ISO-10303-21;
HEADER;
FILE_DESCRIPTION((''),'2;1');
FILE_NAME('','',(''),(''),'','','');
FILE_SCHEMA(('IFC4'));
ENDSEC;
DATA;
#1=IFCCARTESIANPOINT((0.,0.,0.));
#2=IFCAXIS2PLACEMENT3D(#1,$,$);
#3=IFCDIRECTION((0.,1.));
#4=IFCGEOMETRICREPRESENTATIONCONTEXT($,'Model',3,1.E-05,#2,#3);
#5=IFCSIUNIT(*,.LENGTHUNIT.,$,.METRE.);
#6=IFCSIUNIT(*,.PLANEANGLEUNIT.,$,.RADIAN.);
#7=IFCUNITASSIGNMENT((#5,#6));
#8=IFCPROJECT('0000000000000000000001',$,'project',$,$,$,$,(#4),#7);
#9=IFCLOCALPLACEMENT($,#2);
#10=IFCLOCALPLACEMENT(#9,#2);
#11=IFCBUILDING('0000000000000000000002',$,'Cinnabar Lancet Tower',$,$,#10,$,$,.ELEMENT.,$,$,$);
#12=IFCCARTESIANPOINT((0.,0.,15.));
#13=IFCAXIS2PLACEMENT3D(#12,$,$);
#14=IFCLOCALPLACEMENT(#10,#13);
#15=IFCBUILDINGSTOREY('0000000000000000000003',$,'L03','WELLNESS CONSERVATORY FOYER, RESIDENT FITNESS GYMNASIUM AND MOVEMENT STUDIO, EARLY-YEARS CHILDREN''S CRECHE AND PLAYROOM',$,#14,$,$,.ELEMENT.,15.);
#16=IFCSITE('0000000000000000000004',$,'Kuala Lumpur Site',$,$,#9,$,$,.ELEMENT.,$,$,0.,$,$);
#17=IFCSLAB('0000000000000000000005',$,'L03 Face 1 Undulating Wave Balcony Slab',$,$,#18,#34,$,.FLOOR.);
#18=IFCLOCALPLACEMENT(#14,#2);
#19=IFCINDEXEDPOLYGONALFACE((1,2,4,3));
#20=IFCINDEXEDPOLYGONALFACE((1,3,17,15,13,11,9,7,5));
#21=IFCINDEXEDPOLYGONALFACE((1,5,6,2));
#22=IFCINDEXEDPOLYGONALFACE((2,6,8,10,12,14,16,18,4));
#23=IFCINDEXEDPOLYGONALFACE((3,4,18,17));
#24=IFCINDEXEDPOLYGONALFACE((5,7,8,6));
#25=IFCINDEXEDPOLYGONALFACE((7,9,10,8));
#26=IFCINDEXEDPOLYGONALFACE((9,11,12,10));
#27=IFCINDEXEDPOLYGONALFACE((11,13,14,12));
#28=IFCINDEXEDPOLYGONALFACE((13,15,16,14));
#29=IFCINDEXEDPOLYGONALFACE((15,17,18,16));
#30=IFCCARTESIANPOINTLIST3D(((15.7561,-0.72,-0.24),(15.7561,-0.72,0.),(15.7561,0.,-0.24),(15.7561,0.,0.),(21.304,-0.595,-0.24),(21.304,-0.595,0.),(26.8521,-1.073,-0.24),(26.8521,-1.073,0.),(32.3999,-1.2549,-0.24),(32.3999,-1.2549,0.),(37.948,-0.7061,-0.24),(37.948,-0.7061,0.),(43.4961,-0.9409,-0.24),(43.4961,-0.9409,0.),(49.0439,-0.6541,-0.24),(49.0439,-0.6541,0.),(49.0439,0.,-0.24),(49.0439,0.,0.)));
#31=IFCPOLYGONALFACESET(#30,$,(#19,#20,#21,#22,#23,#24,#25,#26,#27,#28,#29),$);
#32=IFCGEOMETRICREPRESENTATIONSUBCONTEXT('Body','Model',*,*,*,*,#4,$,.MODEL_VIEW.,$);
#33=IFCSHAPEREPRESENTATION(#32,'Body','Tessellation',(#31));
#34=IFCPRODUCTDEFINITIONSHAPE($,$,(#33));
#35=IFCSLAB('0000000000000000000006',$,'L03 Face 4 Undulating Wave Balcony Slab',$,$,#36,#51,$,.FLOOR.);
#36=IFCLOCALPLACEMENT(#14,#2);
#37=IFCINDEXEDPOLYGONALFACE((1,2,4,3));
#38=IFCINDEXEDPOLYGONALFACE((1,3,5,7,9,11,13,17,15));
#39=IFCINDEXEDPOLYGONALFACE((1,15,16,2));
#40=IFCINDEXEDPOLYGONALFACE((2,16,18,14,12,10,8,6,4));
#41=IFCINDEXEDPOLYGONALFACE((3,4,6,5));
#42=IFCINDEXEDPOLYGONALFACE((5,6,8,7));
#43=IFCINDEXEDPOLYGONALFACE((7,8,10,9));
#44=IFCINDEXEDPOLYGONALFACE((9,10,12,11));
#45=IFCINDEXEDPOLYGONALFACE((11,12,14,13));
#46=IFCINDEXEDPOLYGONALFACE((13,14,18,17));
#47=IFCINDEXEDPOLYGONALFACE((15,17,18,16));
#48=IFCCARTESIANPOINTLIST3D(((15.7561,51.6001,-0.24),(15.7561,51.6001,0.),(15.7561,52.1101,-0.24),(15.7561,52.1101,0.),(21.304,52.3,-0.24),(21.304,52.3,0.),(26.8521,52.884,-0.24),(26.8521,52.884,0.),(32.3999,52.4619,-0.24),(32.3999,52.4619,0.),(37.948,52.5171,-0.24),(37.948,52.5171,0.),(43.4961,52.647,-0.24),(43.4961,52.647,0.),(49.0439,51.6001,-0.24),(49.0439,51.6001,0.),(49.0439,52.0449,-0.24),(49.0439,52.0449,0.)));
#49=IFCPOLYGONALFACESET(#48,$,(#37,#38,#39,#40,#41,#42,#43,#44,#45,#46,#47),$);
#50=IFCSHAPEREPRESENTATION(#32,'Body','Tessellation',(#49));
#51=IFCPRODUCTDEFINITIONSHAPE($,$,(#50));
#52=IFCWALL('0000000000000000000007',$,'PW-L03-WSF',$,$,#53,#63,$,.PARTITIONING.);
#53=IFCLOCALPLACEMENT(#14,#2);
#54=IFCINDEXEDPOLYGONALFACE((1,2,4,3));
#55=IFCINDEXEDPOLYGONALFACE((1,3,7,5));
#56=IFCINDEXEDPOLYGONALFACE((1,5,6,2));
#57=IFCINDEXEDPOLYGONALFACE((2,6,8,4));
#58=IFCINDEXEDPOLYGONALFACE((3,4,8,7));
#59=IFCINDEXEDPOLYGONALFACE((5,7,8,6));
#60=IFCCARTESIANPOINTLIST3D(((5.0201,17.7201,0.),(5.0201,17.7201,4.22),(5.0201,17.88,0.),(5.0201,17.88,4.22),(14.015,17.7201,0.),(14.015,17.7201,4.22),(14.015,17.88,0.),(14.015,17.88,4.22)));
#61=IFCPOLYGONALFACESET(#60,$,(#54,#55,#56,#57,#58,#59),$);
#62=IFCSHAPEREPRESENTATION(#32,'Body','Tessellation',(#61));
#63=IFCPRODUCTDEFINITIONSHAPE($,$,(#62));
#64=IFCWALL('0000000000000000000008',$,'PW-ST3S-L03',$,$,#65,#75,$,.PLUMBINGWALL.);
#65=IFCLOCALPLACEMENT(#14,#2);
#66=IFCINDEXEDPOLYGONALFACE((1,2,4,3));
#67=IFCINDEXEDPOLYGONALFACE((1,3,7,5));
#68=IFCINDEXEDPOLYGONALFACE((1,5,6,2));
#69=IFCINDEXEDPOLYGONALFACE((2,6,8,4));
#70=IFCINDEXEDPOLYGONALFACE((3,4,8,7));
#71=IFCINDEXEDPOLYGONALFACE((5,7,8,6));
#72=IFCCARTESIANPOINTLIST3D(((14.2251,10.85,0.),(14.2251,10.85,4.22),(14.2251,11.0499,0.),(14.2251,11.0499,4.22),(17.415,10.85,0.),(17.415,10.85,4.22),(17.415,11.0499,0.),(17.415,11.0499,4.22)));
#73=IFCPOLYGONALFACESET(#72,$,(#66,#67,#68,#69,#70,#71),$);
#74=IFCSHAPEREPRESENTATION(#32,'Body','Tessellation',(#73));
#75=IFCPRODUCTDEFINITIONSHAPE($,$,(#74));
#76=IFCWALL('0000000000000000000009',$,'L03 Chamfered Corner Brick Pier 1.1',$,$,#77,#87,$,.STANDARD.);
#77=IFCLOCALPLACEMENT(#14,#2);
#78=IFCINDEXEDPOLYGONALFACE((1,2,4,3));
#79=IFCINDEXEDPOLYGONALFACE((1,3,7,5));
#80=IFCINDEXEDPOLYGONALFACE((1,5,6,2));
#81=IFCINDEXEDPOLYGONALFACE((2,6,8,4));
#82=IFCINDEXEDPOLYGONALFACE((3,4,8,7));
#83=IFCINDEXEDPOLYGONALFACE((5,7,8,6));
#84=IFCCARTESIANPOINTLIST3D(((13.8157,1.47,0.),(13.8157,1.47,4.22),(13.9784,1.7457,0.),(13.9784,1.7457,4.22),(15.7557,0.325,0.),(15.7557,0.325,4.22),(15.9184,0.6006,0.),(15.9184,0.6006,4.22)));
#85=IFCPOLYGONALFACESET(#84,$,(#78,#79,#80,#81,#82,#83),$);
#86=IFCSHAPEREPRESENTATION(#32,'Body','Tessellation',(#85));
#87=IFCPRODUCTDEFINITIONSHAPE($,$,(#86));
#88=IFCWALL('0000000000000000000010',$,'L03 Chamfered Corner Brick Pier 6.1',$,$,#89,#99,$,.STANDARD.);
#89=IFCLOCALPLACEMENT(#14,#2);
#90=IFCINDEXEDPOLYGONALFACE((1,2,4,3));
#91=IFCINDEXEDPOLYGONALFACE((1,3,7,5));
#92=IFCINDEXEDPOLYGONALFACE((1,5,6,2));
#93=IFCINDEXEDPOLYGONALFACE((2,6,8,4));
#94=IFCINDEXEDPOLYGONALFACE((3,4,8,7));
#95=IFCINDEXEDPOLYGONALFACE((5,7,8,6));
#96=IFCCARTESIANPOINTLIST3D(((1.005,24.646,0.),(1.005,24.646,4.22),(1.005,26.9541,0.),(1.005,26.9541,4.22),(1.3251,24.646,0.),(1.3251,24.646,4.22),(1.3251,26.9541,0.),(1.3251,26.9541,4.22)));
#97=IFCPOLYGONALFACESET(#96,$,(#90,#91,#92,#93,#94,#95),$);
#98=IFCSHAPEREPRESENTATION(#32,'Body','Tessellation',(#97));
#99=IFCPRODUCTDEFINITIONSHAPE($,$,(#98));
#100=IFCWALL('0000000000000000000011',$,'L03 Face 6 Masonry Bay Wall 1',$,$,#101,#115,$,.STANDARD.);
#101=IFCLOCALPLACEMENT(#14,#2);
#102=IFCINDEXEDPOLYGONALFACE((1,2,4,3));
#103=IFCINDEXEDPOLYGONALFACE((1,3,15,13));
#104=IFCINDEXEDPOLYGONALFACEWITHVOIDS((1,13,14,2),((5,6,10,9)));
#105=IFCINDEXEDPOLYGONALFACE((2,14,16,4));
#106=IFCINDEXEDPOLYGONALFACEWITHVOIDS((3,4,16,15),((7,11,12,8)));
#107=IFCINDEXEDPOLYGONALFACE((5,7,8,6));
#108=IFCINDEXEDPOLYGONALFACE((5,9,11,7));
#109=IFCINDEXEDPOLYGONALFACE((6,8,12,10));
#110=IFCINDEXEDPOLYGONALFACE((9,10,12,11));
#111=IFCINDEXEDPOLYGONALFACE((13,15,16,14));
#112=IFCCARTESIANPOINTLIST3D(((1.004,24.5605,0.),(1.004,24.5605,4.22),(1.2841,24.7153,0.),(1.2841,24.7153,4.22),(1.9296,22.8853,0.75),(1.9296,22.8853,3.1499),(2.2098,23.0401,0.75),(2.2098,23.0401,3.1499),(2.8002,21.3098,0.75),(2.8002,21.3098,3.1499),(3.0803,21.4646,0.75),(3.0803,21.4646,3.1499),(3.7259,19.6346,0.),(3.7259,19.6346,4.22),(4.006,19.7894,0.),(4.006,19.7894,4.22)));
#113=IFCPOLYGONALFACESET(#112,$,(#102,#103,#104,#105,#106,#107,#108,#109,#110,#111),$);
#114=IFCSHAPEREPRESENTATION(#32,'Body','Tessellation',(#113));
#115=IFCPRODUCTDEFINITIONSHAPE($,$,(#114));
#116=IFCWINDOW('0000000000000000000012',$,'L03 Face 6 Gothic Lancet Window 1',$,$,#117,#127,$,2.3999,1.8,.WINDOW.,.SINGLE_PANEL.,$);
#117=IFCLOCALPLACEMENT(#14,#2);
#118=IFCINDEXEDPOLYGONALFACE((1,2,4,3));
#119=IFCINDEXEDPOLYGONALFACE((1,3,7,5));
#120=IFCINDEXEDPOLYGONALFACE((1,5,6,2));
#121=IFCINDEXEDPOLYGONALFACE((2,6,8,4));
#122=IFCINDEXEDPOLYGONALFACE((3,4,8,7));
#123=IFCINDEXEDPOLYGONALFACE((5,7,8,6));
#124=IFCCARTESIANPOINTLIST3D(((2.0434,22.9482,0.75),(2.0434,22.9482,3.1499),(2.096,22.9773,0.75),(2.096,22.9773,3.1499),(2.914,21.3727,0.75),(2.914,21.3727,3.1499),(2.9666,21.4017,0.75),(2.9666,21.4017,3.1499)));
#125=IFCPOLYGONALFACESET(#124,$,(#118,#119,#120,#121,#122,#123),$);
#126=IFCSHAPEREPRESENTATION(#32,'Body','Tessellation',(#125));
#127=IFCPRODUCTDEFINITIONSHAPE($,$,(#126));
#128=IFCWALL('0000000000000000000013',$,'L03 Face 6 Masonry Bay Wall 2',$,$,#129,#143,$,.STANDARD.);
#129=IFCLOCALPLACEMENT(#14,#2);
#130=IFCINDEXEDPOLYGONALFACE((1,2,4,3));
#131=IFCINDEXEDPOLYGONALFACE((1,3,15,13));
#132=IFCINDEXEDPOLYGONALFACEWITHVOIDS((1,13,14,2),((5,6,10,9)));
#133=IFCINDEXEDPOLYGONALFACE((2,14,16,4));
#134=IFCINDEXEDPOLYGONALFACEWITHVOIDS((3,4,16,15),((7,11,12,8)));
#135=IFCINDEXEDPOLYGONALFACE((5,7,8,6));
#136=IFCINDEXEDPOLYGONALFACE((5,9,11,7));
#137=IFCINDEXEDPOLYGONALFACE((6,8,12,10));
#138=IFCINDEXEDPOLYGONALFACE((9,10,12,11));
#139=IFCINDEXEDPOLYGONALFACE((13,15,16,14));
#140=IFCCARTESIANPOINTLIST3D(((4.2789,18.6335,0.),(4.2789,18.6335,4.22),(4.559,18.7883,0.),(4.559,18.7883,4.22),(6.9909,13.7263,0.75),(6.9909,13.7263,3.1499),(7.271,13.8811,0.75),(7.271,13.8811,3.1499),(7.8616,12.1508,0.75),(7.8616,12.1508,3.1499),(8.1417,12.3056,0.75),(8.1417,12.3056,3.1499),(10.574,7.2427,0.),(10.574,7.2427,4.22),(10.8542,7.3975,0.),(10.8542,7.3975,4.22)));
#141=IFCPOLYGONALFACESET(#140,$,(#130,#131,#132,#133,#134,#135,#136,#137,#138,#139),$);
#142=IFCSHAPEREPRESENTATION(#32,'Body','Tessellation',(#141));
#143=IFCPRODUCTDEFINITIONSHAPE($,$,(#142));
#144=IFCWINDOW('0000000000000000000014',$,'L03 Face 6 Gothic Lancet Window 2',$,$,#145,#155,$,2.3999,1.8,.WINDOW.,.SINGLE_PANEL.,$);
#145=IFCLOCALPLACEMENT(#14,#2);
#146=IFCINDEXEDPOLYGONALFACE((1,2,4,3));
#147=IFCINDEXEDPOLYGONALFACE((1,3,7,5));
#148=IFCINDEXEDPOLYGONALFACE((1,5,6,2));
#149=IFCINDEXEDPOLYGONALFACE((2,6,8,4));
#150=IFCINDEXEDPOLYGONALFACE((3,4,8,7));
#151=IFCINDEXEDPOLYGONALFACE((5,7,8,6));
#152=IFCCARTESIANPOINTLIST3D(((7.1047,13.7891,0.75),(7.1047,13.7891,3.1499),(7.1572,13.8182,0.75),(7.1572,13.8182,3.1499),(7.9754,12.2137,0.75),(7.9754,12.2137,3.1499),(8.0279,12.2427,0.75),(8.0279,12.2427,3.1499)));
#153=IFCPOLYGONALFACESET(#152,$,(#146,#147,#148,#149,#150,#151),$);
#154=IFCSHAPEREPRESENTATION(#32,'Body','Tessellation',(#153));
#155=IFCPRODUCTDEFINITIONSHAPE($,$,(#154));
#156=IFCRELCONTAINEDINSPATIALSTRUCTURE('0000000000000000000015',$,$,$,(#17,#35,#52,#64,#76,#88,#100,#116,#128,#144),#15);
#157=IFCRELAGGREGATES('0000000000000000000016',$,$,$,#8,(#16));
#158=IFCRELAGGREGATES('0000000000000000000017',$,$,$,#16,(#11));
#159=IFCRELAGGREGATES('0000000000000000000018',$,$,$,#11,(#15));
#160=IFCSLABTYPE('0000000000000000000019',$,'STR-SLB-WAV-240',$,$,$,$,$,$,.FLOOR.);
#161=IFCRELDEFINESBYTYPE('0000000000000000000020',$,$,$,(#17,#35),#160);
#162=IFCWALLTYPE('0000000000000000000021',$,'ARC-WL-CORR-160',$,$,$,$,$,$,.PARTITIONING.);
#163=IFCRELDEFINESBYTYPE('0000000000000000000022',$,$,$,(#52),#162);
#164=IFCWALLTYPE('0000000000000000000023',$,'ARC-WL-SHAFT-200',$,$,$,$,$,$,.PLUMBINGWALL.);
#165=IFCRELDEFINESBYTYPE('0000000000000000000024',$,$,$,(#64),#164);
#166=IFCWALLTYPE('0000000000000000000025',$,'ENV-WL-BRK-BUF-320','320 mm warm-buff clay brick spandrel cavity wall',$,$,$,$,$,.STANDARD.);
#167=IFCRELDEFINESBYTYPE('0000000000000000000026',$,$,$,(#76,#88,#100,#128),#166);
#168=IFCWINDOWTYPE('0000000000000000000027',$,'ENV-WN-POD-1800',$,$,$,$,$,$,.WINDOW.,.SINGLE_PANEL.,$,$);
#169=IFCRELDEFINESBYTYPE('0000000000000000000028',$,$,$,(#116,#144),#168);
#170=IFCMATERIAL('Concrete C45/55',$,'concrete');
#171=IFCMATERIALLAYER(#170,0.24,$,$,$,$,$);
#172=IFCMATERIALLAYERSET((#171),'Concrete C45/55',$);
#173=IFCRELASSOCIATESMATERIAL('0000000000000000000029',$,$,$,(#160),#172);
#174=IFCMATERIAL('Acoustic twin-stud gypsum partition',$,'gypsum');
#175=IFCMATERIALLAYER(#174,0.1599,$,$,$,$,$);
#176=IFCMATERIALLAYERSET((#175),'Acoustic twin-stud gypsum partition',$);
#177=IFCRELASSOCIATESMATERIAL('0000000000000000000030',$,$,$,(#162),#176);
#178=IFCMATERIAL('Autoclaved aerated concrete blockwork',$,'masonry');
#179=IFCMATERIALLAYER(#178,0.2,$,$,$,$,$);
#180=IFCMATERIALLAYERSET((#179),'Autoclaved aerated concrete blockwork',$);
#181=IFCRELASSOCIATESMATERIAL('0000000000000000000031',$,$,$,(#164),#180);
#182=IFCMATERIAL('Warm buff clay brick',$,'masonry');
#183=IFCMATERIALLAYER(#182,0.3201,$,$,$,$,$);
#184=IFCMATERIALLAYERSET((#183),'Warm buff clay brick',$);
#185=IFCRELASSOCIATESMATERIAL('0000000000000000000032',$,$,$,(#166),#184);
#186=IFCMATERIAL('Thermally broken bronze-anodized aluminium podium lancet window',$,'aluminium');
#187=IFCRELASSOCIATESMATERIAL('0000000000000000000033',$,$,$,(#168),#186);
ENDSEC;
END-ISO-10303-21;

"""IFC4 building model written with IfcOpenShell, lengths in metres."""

from ifc_helpers import new_model, si_unit, direction, frame, frame_2d, origin, place, context, subcontext, project, spatial, polyline, rectangle, outline, extrude, material, layer, layer_set, type_object, element, fill, save


model = new_model("IFC4")

# Units and contexts
model_context = context("Model", 3, precision=1e-05, world=origin(), true_north=direction((0.0, 1.0)))
body_context = subcontext(model_context, "Body", "Model", "MODEL_VIEW")
ifc_project = project(units=[si_unit("LENGTHUNIT", "METRE"), si_unit("PLANEANGLEUNIT", "RADIAN")], contexts=[model_context])

# Site, building, storey
site_placement = place(None, origin())
site = spatial("IfcSite", under=ifc_project, at=site_placement, Name="Kuala Lumpur Site", CompositionType="ELEMENT", RefElevation=0.0)
building_placement = place(site_placement, origin())
building = spatial("IfcBuilding", under=site, at=building_placement, Name="Cinnabar Lancet Tower", CompositionType="ELEMENT")
storey_placement = place(building_placement, frame((0.0, 0.0, 15.0)))
storey = spatial("IfcBuildingStorey", under=building, at=storey_placement, Name="L03", Description="WELLNESS CONSERVATORY FOYER, RESIDENT FITNESS GYMNASIUM AND MOVEMENT STUDIO, EARLY-YEARS CHILDREN'S CRECHE AND PLAYROOM", CompositionType="ELEMENT", Elevation=15.0)

# Slabs
ifc_material_1 = material(Name="Concrete C45/55", Category="concrete")
ifc_layer_1 = layer(ifc_material_1, 0.24)
ifc_layer_set_1 = layer_set([ifc_layer_1], Name="Concrete C45/55")
slab_type_1 = type_object("IfcSlabType", Name="STR-SLB-WAV-240", PredefinedType="FLOOR", material=ifc_layer_set_1)
slab_1_placement = place(storey_placement, frame((0.0, 0.0, -0.24)))
element("IfcSlab", 1, at=slab_1_placement, inside=storey, type_object=slab_type_1, Name="L03 Face 1 Undulating Wave Balcony Slab", PredefinedType="FLOOR", context=body_context, shape_type="SweptSolid", body=[
    extrude(outline(polyline([(15.7561, 0.0), (15.7561, -0.72), (21.304, -0.595), (26.8521, -1.073), (32.3999, -1.2549), (37.948, -0.7061), (43.4961, -0.9409), (49.0439, -0.6541), (49.0439, 0.0), (15.7561, 0.0)])), origin(), (0.0, 0.0, 1.0), 0.24),
])
slab_2_placement = place(storey_placement, frame((0.0, 0.0, -0.24)))
element("IfcSlab", 2, at=slab_2_placement, inside=storey, type_object=slab_type_1, Name="L03 Face 4 Undulating Wave Balcony Slab", PredefinedType="FLOOR", context=body_context, shape_type="SweptSolid", body=[
    extrude(outline(polyline([(49.0439, 51.6001), (49.0439, 52.0449), (43.4961, 52.647), (37.948, 52.5171), (32.3999, 52.4619), (26.8521, 52.884), (21.304, 52.3), (15.7561, 52.1101), (15.7561, 51.6001), (49.0439, 51.6001)])), origin(), (0.0, 0.0, 1.0), 0.24),
])

# Walls
ifc_material_2 = material(Name="Acoustic twin-stud gypsum partition", Category="gypsum")
ifc_layer_2 = layer(ifc_material_2, 0.1599)
ifc_layer_set_2 = layer_set([ifc_layer_2], Name="Acoustic twin-stud gypsum partition")
wall_type_1 = type_object("IfcWallType", Name="ARC-WL-CORR-160", PredefinedType="PARTITIONING", material=ifc_layer_set_2)
wall_1_placement = place(storey_placement, frame((5.02, 17.8, 0.0), z_axis=(0.0, 0.0, 1.0), x_axis=(1.0, 0.0, 0.0)))
element("IfcWall", 3, at=wall_1_placement, inside=storey, type_object=wall_type_1, Name="PW-L03-WSF", PredefinedType="PARTITIONING", context=body_context, shape_type="SweptSolid", body=[
    extrude(rectangle(XDim=8.9949, YDim=0.1599, at=frame_2d((4.4976, 0.0))), origin(), (0.0, 0.0, 1.0), 4.22),
])
ifc_material_3 = material(Name="Autoclaved aerated concrete blockwork", Category="masonry")
ifc_layer_3 = layer(ifc_material_3, 0.2)
ifc_layer_set_3 = layer_set([ifc_layer_3], Name="Autoclaved aerated concrete blockwork")
wall_type_2 = type_object("IfcWallType", Name="ARC-WL-SHAFT-200", PredefinedType="PLUMBINGWALL", material=ifc_layer_set_3)
wall_2_placement = place(storey_placement, frame((14.2251, 10.95, 0.0), z_axis=(0.0, 0.0, 1.0), x_axis=(1.0, 0.0, 0.0)))
element("IfcWall", 4, at=wall_2_placement, inside=storey, type_object=wall_type_2, Name="PW-ST3S-L03", PredefinedType="PLUMBINGWALL", context=body_context, shape_type="SweptSolid", body=[
    extrude(rectangle(XDim=3.1899, YDim=0.2, at=frame_2d((1.595, 0.0))), origin(), (0.0, 0.0, 1.0), 4.22),
])

# Walls
ifc_material_4 = material(Name="Warm buff clay brick", Category="masonry")
ifc_layer_4 = layer(ifc_material_4, 0.3201)
ifc_layer_set_4 = layer_set([ifc_layer_4], Name="Warm buff clay brick")
wall_type_3 = type_object("IfcWallType", Name="ENV-WL-BRK-BUF-320", Description="320 mm warm-buff clay brick spandrel cavity wall", PredefinedType="STANDARD", material=ifc_layer_set_4)
wall_3_placement = place(storey_placement, frame((13.897, 1.6079, 0.0), z_axis=(0.0, 0.0, 1.0), x_axis=(0.861181, -0.508298, 0.0)))
element("IfcWall", 5, at=wall_3_placement, inside=storey, type_object=wall_type_3, Name="L03 Chamfered Corner Brick Pier 1.1", PredefinedType="STANDARD", context=body_context, shape_type="SweptSolid", body=[
    extrude(rectangle(XDim=2.2527, YDim=0.3201, at=frame_2d((1.1265, 0.0))), origin(), (0.0, 0.0, 1.0), 4.22),
])
wall_4_placement = place(storey_placement, frame((1.165, 26.9541, 0.0), z_axis=(0.0, 0.0, 1.0), x_axis=(0.0, -1.0, 0.0)))
element("IfcWall", 6, at=wall_4_placement, inside=storey, type_object=wall_type_3, Name="L03 Chamfered Corner Brick Pier 6.1", PredefinedType="STANDARD", context=body_context, shape_type="SweptSolid", body=[
    extrude(rectangle(XDim=2.3081, YDim=0.3201, at=frame_2d((1.1541, 0.0))), origin(), (0.0, 0.0, 1.0), 4.22),
])

# Walls, openings, windows
wall_5_placement = place(storey_placement, frame((1.144, 24.6379, 0.0), z_axis=(0.0, 0.0, 1.0), x_axis=(0.483638, -0.875268, 0.0)))
wall_5 = element("IfcWall", 7, at=wall_5_placement, inside=storey, type_object=wall_type_3, Name="L03 Face 6 Masonry Bay Wall 1", PredefinedType="STANDARD", context=body_context, shape_type="SweptSolid", body=[
    extrude(rectangle(XDim=5.6279, YDim=0.3201, at=frame_2d((2.814, 0.0))), origin(), (0.0, 0.0, 1.0), 4.22),
])
opening_1_placement = place(wall_5_placement, frame((1.9141, 0.0, 0.75)))
opening_1 = element("IfcOpeningElement", 8, at=opening_1_placement, cuts=wall_5, PredefinedType="OPENING", context=body_context, shape_type="SweptSolid", body=[
    extrude(rectangle(XDim=1.8, YDim=2.3999, at=frame_2d((0.8999, 1.2))), frame((0.0, 0.1699, 0.0), z_axis=(0.0, -1.0, 0.0), x_axis=(1.0, 0.0, 0.0)), (0.0, 0.0, 1.0), 0.3401),
])
ifc_material_5 = material(Name="Thermally broken bronze-anodized aluminium podium lancet window", Category="aluminium")
window_type = type_object("IfcWindowType", Name="ENV-WN-POD-1800", PartitioningType="SINGLE_PANEL", PredefinedType="WINDOW", material=ifc_material_5)
window_1_placement = place(opening_1_placement, origin())
window_1 = element("IfcWindow", 9, at=window_1_placement, inside=storey, type_object=window_type, Name="L03 Face 6 Gothic Lancet Window 1", OverallHeight=2.3999, OverallWidth=1.8, PartitioningType="SINGLE_PANEL", PredefinedType="WINDOW", context=body_context, shape_type="SweptSolid", body=[
    extrude(rectangle(XDim=1.8, YDim=2.3999, at=frame_2d((0.8999, 1.2))), frame((0.0, 0.03, 0.0), z_axis=(0.0, -1.0, 0.0), x_axis=(1.0, 0.0, 0.0)), (0.0, 0.0, 1.0), 0.0601),
])
fill(opening_1, window_1)
wall_6_placement = place(storey_placement, frame((4.4189, 18.7109, 0.0), z_axis=(0.0, 0.0, 1.0), x_axis=(0.483699, -0.875235, 0.0)))
wall_6 = element("IfcWall", 10, at=wall_6_placement, inside=storey, type_object=wall_type_3, Name="L03 Face 6 Masonry Bay Wall 2", PredefinedType="STANDARD", context=body_context, shape_type="SweptSolid", body=[
    extrude(rectangle(XDim=13.0146, YDim=0.3201, at=frame_2d((6.5073, 0.0))), origin(), (0.0, 0.0, 1.0), 4.22),
])
opening_2_placement = place(wall_6_placement, frame((5.6069, 0.0, 0.75)))
opening_2 = element("IfcOpeningElement", 11, at=opening_2_placement, cuts=wall_6, PredefinedType="OPENING", context=body_context, shape_type="SweptSolid", body=[
    extrude(rectangle(XDim=1.8, YDim=2.3999, at=frame_2d((0.8999, 1.2))), frame((0.0, 0.1699, 0.0), z_axis=(0.0, -1.0, 0.0), x_axis=(1.0, 0.0, 0.0)), (0.0, 0.0, 1.0), 0.3401),
])
window_2_placement = place(opening_2_placement, origin())
window_2 = element("IfcWindow", 12, at=window_2_placement, inside=storey, type_object=window_type, Name="L03 Face 6 Gothic Lancet Window 2", OverallHeight=2.3999, OverallWidth=1.8, PartitioningType="SINGLE_PANEL", PredefinedType="WINDOW", context=body_context, shape_type="SweptSolid", body=[
    extrude(rectangle(XDim=1.8, YDim=2.3999, at=frame_2d((0.8999, 1.2))), frame((0.0, 0.03, 0.0), z_axis=(0.0, -1.0, 0.0), x_axis=(1.0, 0.0, 0.0)), (0.0, 0.0, 1.0), 0.0601),
])
fill(opening_2, window_2)

save(model, "model.ifc")
